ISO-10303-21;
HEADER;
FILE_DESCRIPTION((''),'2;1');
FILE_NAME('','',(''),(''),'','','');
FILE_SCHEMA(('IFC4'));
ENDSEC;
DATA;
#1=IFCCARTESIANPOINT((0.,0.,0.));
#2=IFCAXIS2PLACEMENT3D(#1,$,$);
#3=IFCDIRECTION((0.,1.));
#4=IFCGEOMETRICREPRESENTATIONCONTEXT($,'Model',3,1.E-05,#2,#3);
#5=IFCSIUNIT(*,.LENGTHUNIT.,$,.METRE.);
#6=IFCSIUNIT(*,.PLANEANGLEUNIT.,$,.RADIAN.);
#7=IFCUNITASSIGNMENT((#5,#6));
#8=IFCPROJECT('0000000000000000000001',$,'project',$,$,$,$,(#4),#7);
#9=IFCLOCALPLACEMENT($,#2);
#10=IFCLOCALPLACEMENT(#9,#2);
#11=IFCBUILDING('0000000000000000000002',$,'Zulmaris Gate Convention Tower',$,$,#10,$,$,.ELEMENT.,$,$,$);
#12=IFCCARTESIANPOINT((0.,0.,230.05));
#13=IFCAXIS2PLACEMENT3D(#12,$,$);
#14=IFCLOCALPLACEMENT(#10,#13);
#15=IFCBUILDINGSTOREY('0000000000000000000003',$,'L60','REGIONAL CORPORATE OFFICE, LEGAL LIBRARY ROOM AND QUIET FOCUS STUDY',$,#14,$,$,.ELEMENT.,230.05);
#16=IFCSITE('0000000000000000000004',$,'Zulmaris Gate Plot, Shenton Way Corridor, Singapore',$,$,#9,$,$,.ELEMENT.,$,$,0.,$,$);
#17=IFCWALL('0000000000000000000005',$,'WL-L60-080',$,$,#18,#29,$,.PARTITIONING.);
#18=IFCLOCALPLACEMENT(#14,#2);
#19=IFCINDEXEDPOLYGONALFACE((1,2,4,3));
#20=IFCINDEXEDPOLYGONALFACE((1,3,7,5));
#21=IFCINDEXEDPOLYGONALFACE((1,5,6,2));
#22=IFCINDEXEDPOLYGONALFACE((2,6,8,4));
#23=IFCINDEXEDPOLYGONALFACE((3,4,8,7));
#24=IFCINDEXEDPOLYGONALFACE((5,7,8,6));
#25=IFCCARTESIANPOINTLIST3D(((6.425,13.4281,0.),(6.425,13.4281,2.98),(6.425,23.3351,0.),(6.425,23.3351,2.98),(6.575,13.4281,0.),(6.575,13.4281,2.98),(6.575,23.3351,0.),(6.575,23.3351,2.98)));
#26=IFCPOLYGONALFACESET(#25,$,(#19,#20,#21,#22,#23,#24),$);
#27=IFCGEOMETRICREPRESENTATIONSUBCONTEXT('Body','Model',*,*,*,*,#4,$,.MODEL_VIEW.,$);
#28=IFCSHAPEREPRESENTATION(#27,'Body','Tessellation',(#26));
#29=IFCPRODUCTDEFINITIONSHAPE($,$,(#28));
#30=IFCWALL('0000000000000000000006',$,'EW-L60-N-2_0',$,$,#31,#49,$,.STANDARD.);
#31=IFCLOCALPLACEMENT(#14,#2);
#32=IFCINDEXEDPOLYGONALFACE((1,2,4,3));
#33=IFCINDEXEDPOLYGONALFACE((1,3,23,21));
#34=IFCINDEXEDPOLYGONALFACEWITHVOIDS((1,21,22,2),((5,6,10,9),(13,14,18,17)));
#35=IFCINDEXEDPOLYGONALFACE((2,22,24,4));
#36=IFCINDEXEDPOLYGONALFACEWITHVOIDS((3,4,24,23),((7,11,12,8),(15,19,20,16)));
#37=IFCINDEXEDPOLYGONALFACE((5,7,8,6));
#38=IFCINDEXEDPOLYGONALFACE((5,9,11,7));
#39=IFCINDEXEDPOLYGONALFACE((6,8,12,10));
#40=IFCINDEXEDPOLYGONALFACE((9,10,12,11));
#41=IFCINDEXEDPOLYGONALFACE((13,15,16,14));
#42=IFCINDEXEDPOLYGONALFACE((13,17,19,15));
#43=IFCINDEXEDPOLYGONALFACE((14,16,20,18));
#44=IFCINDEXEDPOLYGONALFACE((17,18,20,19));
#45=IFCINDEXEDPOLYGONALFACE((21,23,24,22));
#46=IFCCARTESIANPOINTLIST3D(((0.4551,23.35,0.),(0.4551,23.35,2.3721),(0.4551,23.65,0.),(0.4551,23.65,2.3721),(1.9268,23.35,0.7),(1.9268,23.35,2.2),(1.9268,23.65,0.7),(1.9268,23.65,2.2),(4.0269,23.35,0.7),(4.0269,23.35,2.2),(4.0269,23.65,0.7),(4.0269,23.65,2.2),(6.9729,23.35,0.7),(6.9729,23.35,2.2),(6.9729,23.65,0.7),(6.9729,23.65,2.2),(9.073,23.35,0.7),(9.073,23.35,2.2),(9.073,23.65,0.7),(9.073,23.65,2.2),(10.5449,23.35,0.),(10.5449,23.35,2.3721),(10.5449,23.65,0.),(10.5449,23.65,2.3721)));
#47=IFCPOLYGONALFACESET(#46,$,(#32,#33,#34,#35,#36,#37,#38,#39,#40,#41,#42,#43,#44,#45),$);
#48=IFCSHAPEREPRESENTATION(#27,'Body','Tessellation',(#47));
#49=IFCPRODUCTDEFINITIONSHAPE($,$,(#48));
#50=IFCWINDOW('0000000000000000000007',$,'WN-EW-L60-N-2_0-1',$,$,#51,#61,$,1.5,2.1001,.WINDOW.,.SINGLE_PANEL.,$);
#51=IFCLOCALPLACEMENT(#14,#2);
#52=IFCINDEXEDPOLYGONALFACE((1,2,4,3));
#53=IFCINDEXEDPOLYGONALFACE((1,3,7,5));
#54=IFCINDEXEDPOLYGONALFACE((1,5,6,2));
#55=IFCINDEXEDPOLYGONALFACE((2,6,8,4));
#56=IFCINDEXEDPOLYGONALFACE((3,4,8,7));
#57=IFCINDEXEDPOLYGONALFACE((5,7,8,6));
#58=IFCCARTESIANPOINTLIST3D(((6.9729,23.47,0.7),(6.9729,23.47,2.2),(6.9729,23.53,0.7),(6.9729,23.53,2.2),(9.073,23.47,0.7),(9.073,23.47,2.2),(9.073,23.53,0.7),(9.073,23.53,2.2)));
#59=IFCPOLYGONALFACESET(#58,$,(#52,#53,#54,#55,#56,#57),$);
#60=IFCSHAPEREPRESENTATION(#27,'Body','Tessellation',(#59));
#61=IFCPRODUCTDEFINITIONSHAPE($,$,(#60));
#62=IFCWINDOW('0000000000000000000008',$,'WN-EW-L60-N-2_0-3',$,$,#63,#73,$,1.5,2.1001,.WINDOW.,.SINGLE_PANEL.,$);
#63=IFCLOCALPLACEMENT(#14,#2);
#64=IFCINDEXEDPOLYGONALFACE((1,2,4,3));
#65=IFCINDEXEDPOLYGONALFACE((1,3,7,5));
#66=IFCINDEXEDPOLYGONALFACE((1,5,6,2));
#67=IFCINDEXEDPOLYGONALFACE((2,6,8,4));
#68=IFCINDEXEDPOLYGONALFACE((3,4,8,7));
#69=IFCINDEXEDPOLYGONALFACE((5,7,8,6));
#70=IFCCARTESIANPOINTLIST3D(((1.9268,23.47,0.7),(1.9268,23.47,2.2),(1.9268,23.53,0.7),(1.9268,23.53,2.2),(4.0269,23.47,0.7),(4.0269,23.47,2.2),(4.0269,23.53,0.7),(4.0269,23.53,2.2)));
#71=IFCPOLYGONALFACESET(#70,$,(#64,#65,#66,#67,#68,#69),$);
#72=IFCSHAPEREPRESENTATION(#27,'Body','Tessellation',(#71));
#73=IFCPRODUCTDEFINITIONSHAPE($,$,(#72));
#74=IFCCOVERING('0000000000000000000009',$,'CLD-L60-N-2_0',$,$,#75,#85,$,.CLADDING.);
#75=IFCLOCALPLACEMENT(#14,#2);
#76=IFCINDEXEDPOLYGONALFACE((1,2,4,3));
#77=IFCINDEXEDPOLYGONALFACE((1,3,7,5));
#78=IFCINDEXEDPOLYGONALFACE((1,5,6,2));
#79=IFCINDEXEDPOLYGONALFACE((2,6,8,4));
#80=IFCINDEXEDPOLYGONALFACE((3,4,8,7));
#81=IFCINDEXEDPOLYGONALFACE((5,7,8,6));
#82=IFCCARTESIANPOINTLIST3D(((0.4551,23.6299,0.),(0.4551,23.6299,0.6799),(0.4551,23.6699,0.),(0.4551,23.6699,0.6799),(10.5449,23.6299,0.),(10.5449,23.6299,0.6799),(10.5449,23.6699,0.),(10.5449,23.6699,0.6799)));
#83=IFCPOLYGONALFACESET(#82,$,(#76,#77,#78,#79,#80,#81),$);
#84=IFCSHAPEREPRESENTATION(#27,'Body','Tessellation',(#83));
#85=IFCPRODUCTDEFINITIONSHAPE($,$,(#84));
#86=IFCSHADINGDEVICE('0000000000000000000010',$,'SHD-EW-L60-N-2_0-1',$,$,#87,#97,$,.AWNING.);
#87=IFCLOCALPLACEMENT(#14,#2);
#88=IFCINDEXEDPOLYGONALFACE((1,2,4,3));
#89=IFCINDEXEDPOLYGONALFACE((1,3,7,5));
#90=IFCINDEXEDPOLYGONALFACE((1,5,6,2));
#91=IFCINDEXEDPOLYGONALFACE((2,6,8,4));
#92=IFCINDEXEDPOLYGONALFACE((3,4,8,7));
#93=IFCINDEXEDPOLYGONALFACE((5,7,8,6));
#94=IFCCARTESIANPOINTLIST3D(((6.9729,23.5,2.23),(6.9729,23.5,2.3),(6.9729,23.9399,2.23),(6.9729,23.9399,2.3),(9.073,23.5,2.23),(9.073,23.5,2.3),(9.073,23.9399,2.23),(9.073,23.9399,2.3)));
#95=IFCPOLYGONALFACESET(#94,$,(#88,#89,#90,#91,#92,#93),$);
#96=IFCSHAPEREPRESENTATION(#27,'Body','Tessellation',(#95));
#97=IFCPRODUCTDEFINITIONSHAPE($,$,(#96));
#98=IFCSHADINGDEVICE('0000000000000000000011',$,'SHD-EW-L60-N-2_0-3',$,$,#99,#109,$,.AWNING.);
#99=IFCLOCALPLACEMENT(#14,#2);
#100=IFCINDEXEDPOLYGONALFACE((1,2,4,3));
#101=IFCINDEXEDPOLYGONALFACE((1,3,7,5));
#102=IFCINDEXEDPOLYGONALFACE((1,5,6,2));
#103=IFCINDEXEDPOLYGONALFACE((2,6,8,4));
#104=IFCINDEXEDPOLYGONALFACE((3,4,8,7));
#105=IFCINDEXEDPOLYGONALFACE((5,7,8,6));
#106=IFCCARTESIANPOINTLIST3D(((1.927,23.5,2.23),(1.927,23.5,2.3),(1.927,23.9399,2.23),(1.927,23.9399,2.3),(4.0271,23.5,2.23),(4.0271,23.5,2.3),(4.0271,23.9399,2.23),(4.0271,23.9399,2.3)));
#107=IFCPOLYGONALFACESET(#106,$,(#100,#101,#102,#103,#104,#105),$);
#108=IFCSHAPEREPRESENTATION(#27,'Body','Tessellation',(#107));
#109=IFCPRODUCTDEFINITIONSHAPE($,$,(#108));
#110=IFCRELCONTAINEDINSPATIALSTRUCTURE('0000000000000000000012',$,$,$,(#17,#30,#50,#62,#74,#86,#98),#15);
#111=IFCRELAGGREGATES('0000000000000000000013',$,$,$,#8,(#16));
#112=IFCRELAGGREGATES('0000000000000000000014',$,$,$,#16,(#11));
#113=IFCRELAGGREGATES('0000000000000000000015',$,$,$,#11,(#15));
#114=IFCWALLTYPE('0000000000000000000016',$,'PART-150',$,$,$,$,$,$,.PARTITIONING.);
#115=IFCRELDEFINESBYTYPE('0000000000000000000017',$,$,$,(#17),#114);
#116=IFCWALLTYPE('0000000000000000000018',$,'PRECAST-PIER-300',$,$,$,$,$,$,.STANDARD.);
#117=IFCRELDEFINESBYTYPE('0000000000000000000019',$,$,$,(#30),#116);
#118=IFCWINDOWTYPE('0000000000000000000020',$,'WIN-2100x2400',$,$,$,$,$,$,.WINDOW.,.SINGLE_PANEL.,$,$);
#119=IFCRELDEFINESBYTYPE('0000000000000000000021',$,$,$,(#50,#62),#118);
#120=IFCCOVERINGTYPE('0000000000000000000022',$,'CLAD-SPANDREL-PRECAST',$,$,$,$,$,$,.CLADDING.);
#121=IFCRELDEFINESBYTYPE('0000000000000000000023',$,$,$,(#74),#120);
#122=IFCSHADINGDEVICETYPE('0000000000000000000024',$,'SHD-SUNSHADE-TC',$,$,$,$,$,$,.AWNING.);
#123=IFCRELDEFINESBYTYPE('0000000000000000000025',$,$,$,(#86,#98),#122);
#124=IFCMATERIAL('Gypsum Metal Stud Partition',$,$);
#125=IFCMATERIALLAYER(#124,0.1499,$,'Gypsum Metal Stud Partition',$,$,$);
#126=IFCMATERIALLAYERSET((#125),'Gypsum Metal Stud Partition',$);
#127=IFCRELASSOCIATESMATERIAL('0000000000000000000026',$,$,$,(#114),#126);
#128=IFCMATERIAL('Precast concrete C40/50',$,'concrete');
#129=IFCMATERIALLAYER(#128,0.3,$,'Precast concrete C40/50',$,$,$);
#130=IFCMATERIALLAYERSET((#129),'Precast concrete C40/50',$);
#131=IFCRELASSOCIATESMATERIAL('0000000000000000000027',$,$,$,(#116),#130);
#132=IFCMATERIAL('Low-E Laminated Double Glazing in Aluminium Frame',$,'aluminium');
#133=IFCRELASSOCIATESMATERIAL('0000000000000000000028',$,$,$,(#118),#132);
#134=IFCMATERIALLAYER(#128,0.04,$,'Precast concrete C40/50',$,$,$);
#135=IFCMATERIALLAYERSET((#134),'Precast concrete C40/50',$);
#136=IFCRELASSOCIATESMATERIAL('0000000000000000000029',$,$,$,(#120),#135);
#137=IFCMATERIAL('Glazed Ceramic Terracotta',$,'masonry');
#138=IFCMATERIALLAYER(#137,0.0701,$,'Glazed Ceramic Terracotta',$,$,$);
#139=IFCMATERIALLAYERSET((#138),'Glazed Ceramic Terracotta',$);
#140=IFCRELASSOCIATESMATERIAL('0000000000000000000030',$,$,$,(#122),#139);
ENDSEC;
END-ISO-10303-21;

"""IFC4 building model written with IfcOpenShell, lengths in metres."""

from ifc_helpers import new_model, si_unit, direction, frame, frame_2d, origin, place, context, subcontext, project, spatial, rectangle, extrude, material, layer, layer_set, type_object, element, fill, save


model = new_model("IFC4")

# Units and contexts
model_context = context("Model", 3, precision=1e-05, world=origin(), true_north=direction((0.0, 1.0)))
body_context = subcontext(model_context, "Body", "Model", "MODEL_VIEW")
ifc_project = project(units=[si_unit("LENGTHUNIT", "METRE"), si_unit("PLANEANGLEUNIT", "RADIAN")], contexts=[model_context])

# Site, building, storey
site_placement = place(None, origin())
site = spatial("IfcSite", under=ifc_project, at=site_placement, Name="Zulmaris Gate Plot, Shenton Way Corridor, Singapore", CompositionType="ELEMENT", RefElevation=0.0)
building_placement = place(site_placement, origin())
building = spatial("IfcBuilding", under=site, at=building_placement, Name="Zulmaris Gate Convention Tower", CompositionType="ELEMENT")
storey_placement = place(building_placement, frame((0.0, 0.0, 230.05)))
storey = spatial("IfcBuildingStorey", under=building, at=storey_placement, Name="L60", Description="REGIONAL CORPORATE OFFICE, LEGAL LIBRARY ROOM AND QUIET FOCUS STUDY", CompositionType="ELEMENT", Elevation=230.05)

# Wall
ifc_material_1 = material(Name="Gypsum Metal Stud Partition")
ifc_layer_1 = layer(ifc_material_1, 0.1499, Name="Gypsum Metal Stud Partition")
ifc_layer_set_1 = layer_set([ifc_layer_1], Name="Gypsum Metal Stud Partition")
wall_type_1 = type_object("IfcWallType", Name="PART-150", PredefinedType="PARTITIONING", material=ifc_layer_set_1)
wall_1_placement = place(storey_placement, frame((6.5, 13.428, 0.0), z_axis=(0.0, 0.0, 1.0), x_axis=(0.0, 1.0, 0.0)))
element("IfcWall", 1, at=wall_1_placement, inside=storey, type_object=wall_type_1, Name="WL-L60-080", PredefinedType="PARTITIONING", context=body_context, shape_type="SweptSolid", body=[
    extrude(rectangle(XDim=9.907, YDim=0.1499, at=frame_2d((4.9536, 0.0))), origin(), (0.0, 0.0, 1.0), 2.98),
])

# Wall, openings, windows
ifc_material_2 = material(Name="Precast concrete C40/50", Category="concrete")
ifc_layer_2 = layer(ifc_material_2, 0.3, Name="Precast concrete C40/50")
ifc_layer_set_2 = layer_set([ifc_layer_2], Name="Precast concrete C40/50")
wall_type_2 = type_object("IfcWallType", Name="PRECAST-PIER-300", PredefinedType="STANDARD", material=ifc_layer_set_2)
wall_2_placement = place(storey_placement, frame((10.5449, 23.5, 0.0), z_axis=(0.0, 0.0, 1.0), x_axis=(-1.0, 0.0, 0.0)))
wall_2 = element("IfcWall", 2, at=wall_2_placement, inside=storey, type_object=wall_type_2, Name="EW-L60-N-2_0", PredefinedType="STANDARD", context=body_context, shape_type="SweptSolid", body=[
    extrude(rectangle(XDim=10.0898, YDim=0.3, at=frame_2d((5.0449, 0.0))), origin(), (0.0, 0.0, 1.0), 2.3721),
])
opening_1_placement = place(wall_2_placement, frame((1.4719, 0.0, 0.7)))
opening_1 = element("IfcOpeningElement", 3, at=opening_1_placement, cuts=wall_2, PredefinedType="OPENING", context=body_context, shape_type="SweptSolid", body=[
    extrude(rectangle(XDim=2.1001, YDim=1.5, at=frame_2d((1.05, 0.75))), frame((0.0, 0.1602, 0.0), z_axis=(0.0, -1.0, 0.0), x_axis=(1.0, 0.0, 0.0)), (0.0, 0.0, 1.0), 0.3201),
])
opening_2_placement = place(wall_2_placement, frame((6.5181, 0.0, 0.7)))
opening_2 = element("IfcOpeningElement", 4, at=opening_2_placement, cuts=wall_2, PredefinedType="OPENING", context=body_context, shape_type="SweptSolid", body=[
    extrude(rectangle(XDim=2.1001, YDim=1.5, at=frame_2d((1.05, 0.75))), frame((0.0, 0.1602, 0.0), z_axis=(0.0, -1.0, 0.0), x_axis=(1.0, 0.0, 0.0)), (0.0, 0.0, 1.0), 0.3201),
])
ifc_material_3 = material(Name="Low-E Laminated Double Glazing in Aluminium Frame", Category="aluminium")
window_type = type_object("IfcWindowType", Name="WIN-2100x2400", PartitioningType="SINGLE_PANEL", PredefinedType="WINDOW", material=ifc_material_3)
window_1_placement = place(opening_1_placement, origin())
window_1 = element("IfcWindow", 5, at=window_1_placement, inside=storey, type_object=window_type, Name="WN-EW-L60-N-2_0-1", OverallHeight=1.5, OverallWidth=2.1001, PartitioningType="SINGLE_PANEL", PredefinedType="WINDOW", context=body_context, shape_type="SweptSolid", body=[
    extrude(rectangle(XDim=2.1001, YDim=1.5, at=frame_2d((1.05, 0.75))), frame((0.0, 0.03, 0.0), z_axis=(0.0, -1.0, 0.0), x_axis=(1.0, 0.0, 0.0)), (0.0, 0.0, 1.0), 0.0601),
])
fill(opening_1, window_1)
window_2_placement = place(opening_2_placement, origin())
window_2 = element("IfcWindow", 6, at=window_2_placement, inside=storey, type_object=window_type, Name="WN-EW-L60-N-2_0-3", OverallHeight=1.5, OverallWidth=2.1001, PartitioningType="SINGLE_PANEL", PredefinedType="WINDOW", context=body_context, shape_type="SweptSolid", body=[
    extrude(rectangle(XDim=2.1001, YDim=1.5, at=frame_2d((1.05, 0.75))), frame((0.0, 0.03, 0.0), z_axis=(0.0, -1.0, 0.0), x_axis=(1.0, 0.0, 0.0)), (0.0, 0.0, 1.0), 0.0601),
])
fill(opening_2, window_2)

# Covering
ifc_layer_3 = layer(ifc_material_2, 0.04, Name="Precast concrete C40/50")
ifc_layer_set_3 = layer_set([ifc_layer_3], Name="Precast concrete C40/50")
covering_type = type_object("IfcCoveringType", Name="CLAD-SPANDREL-PRECAST", PredefinedType="CLADDING", material=ifc_layer_set_3)
covering_placement = place(storey_placement, frame((10.5449, 23.6499, 0.0), z_axis=(0.0, 0.0, 1.0), x_axis=(-1.0, 0.0, 0.0)))
element("IfcCovering", 7, at=covering_placement, inside=storey, type_object=covering_type, Name="CLD-L60-N-2_0", PredefinedType="CLADDING", context=body_context, shape_type="SweptSolid", body=[
    extrude(rectangle(XDim=10.0898, YDim=0.04, at=frame_2d((5.0449, 0.0))), origin(), (0.0, 0.0, 1.0), 0.6799),
])

# Shading devices
ifc_material_4 = material(Name="Glazed Ceramic Terracotta", Category="masonry")
ifc_layer_4 = layer(ifc_material_4, 0.0701, Name="Glazed Ceramic Terracotta")
ifc_layer_set_4 = layer_set([ifc_layer_4], Name="Glazed Ceramic Terracotta")
shading_device_type = type_object("IfcShadingDeviceType", Name="SHD-SUNSHADE-TC", PredefinedType="AWNING", material=ifc_layer_set_4)
for number, where, z_axis, x_axis, name in (
    (8, (9.073, 23.72, 2.23), (0.0, 0.0, 1.0), (-1.0, 0.0, 0.0), "SHD-EW-L60-N-2_0-1"),
    (9, (4.0271, 23.72, 2.23), (0.0, 0.0, 1.0), (-1.0, 0.0, 0.0), "SHD-EW-L60-N-2_0-3"),
):
    element("IfcShadingDevice", number, at=place(storey_placement, frame(where, z_axis=z_axis, x_axis=x_axis)), inside=storey, type_object=shading_device_type, Name=name, PredefinedType="AWNING", context=body_context, shape_type="SweptSolid", body=[
        extrude(rectangle(XDim=2.1001, YDim=0.4399, at=frame_2d((1.05, 0.0))), origin(), (0.0, 0.0, 1.0), 0.0701),
    ])

save(model, "model.ifc")
